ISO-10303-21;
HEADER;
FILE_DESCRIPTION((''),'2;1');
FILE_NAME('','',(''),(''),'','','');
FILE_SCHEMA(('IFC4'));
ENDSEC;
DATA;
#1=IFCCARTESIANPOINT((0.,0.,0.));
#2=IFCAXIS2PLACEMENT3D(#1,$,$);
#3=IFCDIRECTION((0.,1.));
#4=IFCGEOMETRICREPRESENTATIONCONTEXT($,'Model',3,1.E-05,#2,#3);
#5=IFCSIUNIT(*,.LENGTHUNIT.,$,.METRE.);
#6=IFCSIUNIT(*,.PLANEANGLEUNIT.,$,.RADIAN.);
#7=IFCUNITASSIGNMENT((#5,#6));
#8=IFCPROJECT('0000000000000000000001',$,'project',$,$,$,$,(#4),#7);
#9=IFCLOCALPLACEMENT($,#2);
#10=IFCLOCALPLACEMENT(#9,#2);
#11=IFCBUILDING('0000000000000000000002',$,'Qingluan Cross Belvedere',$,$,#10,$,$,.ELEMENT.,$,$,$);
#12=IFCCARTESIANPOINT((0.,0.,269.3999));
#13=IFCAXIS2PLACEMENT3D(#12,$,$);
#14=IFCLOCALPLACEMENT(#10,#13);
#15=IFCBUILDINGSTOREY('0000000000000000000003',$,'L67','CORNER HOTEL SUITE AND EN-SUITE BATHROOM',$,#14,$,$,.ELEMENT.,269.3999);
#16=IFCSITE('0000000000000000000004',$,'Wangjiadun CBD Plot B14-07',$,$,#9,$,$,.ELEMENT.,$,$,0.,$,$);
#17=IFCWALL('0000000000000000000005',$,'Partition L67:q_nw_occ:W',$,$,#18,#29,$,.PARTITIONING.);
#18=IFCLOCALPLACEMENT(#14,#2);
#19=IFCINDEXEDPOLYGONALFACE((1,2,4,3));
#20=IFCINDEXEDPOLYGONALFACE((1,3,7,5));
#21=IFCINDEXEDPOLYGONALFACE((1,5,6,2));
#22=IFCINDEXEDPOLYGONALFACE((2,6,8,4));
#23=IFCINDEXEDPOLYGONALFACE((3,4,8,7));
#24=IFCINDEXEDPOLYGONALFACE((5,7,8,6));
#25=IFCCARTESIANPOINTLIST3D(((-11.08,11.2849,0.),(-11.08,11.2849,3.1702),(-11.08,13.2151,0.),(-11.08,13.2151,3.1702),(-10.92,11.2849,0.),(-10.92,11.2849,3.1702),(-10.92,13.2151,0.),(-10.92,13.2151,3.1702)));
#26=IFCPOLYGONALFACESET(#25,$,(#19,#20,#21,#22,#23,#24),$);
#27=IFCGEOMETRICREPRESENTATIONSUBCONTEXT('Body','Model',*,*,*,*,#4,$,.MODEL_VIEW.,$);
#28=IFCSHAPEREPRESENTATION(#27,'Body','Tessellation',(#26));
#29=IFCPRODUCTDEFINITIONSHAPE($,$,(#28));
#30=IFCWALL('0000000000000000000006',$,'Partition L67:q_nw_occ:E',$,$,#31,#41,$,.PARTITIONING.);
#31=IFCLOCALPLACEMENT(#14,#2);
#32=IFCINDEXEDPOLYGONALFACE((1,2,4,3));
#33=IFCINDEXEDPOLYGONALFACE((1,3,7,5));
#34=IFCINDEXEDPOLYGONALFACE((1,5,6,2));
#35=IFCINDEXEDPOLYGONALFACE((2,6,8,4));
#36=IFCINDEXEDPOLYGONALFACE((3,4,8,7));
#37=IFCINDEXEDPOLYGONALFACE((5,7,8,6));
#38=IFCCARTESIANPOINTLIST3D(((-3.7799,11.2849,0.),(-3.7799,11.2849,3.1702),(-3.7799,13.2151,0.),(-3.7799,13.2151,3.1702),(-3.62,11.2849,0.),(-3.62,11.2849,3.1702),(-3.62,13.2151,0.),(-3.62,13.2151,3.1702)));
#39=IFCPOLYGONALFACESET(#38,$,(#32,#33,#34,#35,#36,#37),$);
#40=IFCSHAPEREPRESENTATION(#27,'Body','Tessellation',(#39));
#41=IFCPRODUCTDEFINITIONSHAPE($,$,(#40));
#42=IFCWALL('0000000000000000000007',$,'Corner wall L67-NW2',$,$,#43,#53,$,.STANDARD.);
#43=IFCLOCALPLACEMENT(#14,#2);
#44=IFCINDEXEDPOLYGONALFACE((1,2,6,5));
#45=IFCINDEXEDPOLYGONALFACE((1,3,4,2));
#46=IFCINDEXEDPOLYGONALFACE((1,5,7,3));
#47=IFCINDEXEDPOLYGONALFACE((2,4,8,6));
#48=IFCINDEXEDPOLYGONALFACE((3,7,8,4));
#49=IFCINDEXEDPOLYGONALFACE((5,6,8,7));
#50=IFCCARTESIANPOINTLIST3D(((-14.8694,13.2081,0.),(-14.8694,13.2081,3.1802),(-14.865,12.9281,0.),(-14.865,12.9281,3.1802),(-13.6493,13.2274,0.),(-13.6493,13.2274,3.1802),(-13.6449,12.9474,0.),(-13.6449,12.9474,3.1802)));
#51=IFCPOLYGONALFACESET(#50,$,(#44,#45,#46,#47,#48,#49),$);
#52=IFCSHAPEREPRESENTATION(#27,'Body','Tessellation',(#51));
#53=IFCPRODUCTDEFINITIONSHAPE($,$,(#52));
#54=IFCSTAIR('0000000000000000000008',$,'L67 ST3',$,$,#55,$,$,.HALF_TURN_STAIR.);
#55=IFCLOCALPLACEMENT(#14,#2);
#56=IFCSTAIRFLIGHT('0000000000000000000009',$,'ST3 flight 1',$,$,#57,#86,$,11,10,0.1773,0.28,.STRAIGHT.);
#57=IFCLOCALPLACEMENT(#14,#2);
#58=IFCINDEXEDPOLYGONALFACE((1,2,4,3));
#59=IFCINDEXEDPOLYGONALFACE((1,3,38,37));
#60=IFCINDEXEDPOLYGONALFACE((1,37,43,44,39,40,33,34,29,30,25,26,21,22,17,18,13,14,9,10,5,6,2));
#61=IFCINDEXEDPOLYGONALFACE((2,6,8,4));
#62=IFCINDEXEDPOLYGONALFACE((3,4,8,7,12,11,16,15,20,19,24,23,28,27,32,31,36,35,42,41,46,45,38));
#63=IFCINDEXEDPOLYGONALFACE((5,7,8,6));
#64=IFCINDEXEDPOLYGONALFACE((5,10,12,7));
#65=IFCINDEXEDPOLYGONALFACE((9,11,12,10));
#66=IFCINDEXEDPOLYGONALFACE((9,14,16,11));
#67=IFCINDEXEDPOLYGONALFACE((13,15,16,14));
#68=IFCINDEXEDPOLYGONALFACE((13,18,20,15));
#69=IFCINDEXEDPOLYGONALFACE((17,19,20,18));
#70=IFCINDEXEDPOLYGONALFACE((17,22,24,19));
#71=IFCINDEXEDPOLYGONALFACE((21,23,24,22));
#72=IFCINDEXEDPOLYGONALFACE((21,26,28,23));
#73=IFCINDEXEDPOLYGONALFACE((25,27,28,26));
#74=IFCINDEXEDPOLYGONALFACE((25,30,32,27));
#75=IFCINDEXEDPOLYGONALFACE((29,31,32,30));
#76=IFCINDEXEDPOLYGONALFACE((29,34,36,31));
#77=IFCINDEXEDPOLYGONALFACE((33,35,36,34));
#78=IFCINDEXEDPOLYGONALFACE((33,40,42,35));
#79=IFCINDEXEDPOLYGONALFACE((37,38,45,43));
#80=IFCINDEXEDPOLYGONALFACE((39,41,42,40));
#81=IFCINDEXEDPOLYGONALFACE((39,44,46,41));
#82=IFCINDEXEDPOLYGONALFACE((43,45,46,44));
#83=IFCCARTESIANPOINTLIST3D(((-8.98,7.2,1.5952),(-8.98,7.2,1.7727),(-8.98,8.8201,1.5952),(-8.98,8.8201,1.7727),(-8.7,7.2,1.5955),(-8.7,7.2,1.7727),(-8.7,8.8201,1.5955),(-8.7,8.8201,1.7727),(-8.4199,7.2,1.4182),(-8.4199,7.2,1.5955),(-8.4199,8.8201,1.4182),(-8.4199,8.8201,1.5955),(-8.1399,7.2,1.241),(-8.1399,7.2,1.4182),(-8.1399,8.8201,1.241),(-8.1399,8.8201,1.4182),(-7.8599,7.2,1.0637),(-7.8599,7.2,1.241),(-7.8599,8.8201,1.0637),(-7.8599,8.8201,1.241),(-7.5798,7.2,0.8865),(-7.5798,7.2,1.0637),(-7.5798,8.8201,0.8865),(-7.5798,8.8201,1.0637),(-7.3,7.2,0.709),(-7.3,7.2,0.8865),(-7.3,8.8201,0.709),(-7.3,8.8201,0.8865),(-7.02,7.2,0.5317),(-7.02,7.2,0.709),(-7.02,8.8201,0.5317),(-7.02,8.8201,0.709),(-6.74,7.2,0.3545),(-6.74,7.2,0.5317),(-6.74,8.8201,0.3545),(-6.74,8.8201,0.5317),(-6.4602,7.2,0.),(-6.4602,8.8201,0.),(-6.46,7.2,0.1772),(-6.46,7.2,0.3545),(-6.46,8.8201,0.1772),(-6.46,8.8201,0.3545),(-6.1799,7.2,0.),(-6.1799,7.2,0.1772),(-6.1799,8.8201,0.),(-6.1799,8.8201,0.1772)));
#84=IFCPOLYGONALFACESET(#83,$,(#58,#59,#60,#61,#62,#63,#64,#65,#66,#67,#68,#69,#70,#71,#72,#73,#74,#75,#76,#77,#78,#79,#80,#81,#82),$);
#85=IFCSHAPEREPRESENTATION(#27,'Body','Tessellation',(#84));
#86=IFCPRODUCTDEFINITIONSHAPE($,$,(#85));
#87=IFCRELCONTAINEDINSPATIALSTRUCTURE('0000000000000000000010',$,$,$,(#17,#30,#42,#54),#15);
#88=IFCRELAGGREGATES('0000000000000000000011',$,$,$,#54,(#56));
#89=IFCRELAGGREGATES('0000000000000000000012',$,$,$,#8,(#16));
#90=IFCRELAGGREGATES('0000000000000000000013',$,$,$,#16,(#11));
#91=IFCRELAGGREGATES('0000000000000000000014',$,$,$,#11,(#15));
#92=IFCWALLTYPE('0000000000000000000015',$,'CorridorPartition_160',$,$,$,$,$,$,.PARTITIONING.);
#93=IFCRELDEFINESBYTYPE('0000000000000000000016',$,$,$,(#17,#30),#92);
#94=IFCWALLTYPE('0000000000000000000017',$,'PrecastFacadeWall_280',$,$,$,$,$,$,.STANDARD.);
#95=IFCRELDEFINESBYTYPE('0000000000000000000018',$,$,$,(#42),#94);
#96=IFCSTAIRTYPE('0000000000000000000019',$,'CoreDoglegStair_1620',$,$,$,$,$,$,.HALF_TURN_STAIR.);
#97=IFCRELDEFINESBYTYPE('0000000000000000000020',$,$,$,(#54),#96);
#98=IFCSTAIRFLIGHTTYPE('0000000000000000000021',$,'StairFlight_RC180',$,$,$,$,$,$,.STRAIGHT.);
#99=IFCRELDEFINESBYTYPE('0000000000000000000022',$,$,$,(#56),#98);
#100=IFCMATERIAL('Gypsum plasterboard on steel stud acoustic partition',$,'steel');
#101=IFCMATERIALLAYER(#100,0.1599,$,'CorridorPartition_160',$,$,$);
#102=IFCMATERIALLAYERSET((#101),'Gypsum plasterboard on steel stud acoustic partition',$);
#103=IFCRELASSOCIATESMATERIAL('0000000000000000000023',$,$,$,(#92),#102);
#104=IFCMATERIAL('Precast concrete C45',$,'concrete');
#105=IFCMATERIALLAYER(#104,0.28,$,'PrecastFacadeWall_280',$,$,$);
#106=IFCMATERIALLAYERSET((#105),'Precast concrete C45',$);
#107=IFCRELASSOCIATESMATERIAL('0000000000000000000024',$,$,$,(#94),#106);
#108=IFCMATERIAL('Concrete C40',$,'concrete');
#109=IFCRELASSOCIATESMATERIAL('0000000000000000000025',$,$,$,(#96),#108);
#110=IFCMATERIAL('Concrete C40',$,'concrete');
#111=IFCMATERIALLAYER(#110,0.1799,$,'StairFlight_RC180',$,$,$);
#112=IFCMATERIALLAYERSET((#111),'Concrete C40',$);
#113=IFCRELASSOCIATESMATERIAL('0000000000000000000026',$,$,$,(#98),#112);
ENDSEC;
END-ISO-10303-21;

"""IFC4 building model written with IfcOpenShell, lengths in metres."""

from ifc_helpers import new_model, si_unit, direction, frame, frame_2d, origin, place, context, subcontext, project, spatial, polyline, rectangle, outline, extrude, material, layer, layer_set, type_object, element, aggregate, save


model = new_model("IFC4")

# Units and contexts
model_context = context("Model", 3, precision=1e-05, world=origin(), true_north=direction((0.0, 1.0)))
body_context = subcontext(model_context, "Body", "Model", "MODEL_VIEW")
ifc_project = project(units=[si_unit("LENGTHUNIT", "METRE"), si_unit("PLANEANGLEUNIT", "RADIAN")], contexts=[model_context])

# Site, building, storey
site_placement = place(None, origin())
site = spatial("IfcSite", under=ifc_project, at=site_placement, Name="Wangjiadun CBD Plot B14-07", CompositionType="ELEMENT", RefElevation=0.0)
building_placement = place(site_placement, origin())
building = spatial("IfcBuilding", under=site, at=building_placement, Name="Qingluan Cross Belvedere", CompositionType="ELEMENT")
storey_placement = place(building_placement, frame((0.0, 0.0, 269.3999)))
storey = spatial("IfcBuildingStorey", under=building, at=storey_placement, Name="L67", Description="CORNER HOTEL SUITE AND EN-SUITE BATHROOM", CompositionType="ELEMENT", Elevation=269.3999)

# Shared definitions
ifc_material_1 = material(Name="Gypsum plasterboard on steel stud acoustic partition", Category="steel")
ifc_layer_1 = layer(ifc_material_1, 0.1599, Name="CorridorPartition_160")
ifc_layer_set_1 = layer_set([ifc_layer_1], Name="Gypsum plasterboard on steel stud acoustic partition")
wall_type_1 = type_object("IfcWallType", Name="CorridorPartition_160", PredefinedType="PARTITIONING", material=ifc_layer_set_1)

# Walls
for number, where, z_axis, x_axis, name in (
    (1, (-11.0, 11.2849, 0.0), (0.0, 0.0, 1.0), (0.0, 1.0, 0.0), "Partition L67:q_nw_occ:W"),
    (2, (-3.7, 11.2849, 0.0), (0.0, 0.0, 1.0), (0.0, 1.0, 0.0), "Partition L67:q_nw_occ:E"),
):
    element("IfcWall", number, at=place(storey_placement, frame(where, z_axis=z_axis, x_axis=x_axis)), inside=storey, type_object=wall_type_1, Name=name, PredefinedType="PARTITIONING", context=body_context, shape_type="SweptSolid", body=[
        extrude(rectangle(XDim=1.9302, YDim=0.1599, at=frame_2d((0.9651, 0.0))), origin(), (0.0, 0.0, 1.0), 3.1702),
    ])
ifc_material_2 = material(Name="Precast concrete C45", Category="concrete")
ifc_layer_2 = layer(ifc_material_2, 0.28, Name="PrecastFacadeWall_280")
ifc_layer_set_2 = layer_set([ifc_layer_2], Name="Precast concrete C45")
wall_type_2 = type_object("IfcWallType", Name="PrecastFacadeWall_280", PredefinedType="STANDARD", material=ifc_layer_set_2)
wall_1_placement = place(storey_placement, frame((-14.8672, 13.0681, 0.0), z_axis=(0.0, 0.0, 1.0), x_axis=(0.999875, 0.015808, 0.0)))
element("IfcWall", 3, at=wall_1_placement, inside=storey, type_object=wall_type_2, Name="Corner wall L67-NW2", PredefinedType="STANDARD", context=body_context, shape_type="SweptSolid", body=[
    extrude(rectangle(XDim=1.2202, YDim=0.28, at=frame_2d((0.6101, 0.0))), origin(), (0.0, 0.0, 1.0), 3.1802),
])

# Stair, stair flight
ifc_material_3 = material(Name="Concrete C40", Category="concrete")
stair_type = type_object("IfcStairType", Name="CoreDoglegStair_1620", PredefinedType="HALF_TURN_STAIR", material=ifc_material_3)
stair_placement = place(storey_placement, origin())
stair = element("IfcStair", 4, at=stair_placement, inside=storey, type_object=stair_type, Name="L67 ST3", PredefinedType="HALF_TURN_STAIR")
ifc_material_4 = material(Name="Concrete C40", Category="concrete")
ifc_layer_3 = layer(ifc_material_4, 0.1799, Name="StairFlight_RC180")
ifc_layer_set_3 = layer_set([ifc_layer_3], Name="Concrete C40")
stair_flight_type = type_object("IfcStairFlightType", Name="StairFlight_RC180", PredefinedType="STRAIGHT", material=ifc_layer_set_3)
stair_flight_placement = place(storey_placement, frame((-6.1799, 8.01, 0.0), z_axis=(0.0, 0.0, 1.0), x_axis=(-1.0, 0.0, 0.0)))
stair_flight = element("IfcStairFlight", 5, at=stair_flight_placement, type_object=stair_flight_type, Name="ST3 flight 1", NumberOfRisers=11, NumberOfTreads=10, PredefinedType="STRAIGHT", RiserHeight=0.1773, TreadLength=0.28, context=body_context, shape_type="SweptSolid", body=[
    extrude(outline(polyline([(0.0, 0.0), (0.0, 0.1772), (0.28, 0.1772), (0.28, 0.3545), (0.5601, 0.3545), (0.5601, 0.5317), (0.8401, 0.5317), (0.8401, 0.709), (1.1201, 0.709), (1.1201, 0.8865), (1.3999, 0.8865), (1.3999, 1.0637), (1.6799, 1.0637), (1.6799, 1.241), (1.96, 1.241), (1.96, 1.4182), (2.24, 1.4182), (2.24, 1.5955), (2.52, 1.5955), (2.52, 1.7727), (2.8, 1.7727), (2.8, 1.95), (2.8, 1.5952), (0.2803, 0.0), (0.0, 0.0)])), frame((0.0, 0.8101, 0.0), z_axis=(0.0, -1.0, 0.0), x_axis=(1.0, 0.0, 0.0)), (0.0, 0.0, 1.0), 1.6201),
])
aggregate(stair, [stair_flight])

save(model, "model.ifc")
